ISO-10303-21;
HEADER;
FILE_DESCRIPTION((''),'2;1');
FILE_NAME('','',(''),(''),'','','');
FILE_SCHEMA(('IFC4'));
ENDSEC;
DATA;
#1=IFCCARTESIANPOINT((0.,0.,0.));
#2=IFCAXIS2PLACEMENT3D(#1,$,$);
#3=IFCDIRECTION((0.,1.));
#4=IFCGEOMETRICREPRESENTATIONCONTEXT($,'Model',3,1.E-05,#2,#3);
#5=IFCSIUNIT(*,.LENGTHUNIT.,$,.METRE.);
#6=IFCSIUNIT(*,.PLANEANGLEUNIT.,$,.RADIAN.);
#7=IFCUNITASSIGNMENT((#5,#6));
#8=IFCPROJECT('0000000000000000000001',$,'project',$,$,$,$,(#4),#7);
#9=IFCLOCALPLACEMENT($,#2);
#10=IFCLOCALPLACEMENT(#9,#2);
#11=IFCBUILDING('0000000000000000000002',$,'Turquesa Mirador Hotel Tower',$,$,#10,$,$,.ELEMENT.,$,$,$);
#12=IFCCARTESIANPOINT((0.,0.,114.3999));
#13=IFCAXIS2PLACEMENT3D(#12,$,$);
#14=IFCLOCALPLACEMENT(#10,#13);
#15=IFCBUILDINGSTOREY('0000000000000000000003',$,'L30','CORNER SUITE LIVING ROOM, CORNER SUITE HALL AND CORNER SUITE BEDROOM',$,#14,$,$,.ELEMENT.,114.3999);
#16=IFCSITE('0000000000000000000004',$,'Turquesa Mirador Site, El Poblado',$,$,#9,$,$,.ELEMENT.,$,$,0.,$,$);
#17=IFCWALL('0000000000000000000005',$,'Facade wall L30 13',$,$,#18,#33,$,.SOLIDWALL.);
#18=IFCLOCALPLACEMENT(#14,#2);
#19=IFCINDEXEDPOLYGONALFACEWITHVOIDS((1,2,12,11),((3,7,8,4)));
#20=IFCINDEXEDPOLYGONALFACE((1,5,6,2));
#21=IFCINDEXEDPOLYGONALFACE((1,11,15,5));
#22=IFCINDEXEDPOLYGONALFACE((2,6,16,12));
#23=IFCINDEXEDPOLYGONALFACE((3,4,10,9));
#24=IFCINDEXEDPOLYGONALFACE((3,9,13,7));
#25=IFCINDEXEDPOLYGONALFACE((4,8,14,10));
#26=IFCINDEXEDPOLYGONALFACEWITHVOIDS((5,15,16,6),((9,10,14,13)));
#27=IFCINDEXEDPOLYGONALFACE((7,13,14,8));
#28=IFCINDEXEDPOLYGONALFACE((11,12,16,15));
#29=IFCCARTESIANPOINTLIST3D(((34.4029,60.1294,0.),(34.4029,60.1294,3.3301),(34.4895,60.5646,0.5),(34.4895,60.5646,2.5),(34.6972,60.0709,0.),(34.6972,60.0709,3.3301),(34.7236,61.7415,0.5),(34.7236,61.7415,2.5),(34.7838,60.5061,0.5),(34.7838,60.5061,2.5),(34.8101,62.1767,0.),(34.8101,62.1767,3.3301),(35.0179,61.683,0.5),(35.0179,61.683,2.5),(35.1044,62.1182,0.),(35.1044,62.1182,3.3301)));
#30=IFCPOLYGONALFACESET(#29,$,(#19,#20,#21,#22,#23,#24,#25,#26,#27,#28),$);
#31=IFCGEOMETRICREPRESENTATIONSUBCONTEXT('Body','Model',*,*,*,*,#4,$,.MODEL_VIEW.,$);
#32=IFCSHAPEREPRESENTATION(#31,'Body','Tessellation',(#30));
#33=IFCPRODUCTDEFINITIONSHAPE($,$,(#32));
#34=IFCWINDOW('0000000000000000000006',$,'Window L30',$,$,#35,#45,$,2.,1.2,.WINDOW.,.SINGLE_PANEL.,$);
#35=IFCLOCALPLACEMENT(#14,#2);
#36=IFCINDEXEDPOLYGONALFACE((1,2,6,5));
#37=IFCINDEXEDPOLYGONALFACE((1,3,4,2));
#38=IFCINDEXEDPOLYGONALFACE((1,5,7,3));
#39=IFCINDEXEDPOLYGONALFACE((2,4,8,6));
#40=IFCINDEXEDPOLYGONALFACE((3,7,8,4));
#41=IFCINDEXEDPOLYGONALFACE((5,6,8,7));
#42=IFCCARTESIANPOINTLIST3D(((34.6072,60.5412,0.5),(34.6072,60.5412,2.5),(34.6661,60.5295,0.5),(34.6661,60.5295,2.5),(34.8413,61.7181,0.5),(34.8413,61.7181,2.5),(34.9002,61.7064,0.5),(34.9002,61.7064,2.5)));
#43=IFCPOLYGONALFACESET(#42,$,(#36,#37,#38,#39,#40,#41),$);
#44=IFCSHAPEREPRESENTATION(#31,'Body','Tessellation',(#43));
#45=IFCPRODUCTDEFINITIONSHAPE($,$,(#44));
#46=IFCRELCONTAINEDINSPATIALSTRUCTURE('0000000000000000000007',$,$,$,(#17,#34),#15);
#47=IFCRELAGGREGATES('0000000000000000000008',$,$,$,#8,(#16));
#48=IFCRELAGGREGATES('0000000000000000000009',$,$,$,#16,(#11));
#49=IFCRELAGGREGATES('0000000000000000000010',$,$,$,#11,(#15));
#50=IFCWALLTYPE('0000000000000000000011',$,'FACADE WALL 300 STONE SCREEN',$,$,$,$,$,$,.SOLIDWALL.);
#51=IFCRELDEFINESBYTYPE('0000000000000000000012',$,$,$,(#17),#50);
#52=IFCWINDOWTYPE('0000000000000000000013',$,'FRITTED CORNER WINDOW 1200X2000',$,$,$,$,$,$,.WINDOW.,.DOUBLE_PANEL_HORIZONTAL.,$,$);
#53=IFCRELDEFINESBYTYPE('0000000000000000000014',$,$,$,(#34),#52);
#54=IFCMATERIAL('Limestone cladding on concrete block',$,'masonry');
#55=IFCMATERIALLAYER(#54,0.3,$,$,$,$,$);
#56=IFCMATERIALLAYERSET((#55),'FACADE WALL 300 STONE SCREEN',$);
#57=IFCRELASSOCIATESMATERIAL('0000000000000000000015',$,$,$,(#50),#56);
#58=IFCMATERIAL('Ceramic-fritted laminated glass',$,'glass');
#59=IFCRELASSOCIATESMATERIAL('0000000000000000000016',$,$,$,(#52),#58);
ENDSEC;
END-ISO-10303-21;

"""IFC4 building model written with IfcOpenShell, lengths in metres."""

from ifc_helpers import new_model, si_unit, direction, frame, frame_2d, origin, place, context, subcontext, project, spatial, rectangle, extrude, material, layer, layer_set, type_object, element, fill, save


model = new_model("IFC4")

# Units and contexts
model_context = context("Model", 3, precision=1e-05, world=origin(), true_north=direction((0.0, 1.0)))
body_context = subcontext(model_context, "Body", "Model", "MODEL_VIEW")
ifc_project = project(units=[si_unit("LENGTHUNIT", "METRE"), si_unit("PLANEANGLEUNIT", "RADIAN")], contexts=[model_context])

# Site, building, storey
site_placement = place(None, origin())
site = spatial("IfcSite", under=ifc_project, at=site_placement, Name="Turquesa Mirador Site, El Poblado", CompositionType="ELEMENT", RefElevation=0.0)
building_placement = place(site_placement, origin())
building = spatial("IfcBuilding", under=site, at=building_placement, Name="Turquesa Mirador Hotel Tower", CompositionType="ELEMENT")
storey_placement = place(building_placement, frame((0.0, 0.0, 114.3999)))
storey = spatial("IfcBuildingStorey", under=building, at=storey_placement, Name="L30", Description="CORNER SUITE LIVING ROOM, CORNER SUITE HALL AND CORNER SUITE BEDROOM", CompositionType="ELEMENT", Elevation=114.3999)

# Wall, opening, window
ifc_material_1 = material(Name="Limestone cladding on concrete block", Category="masonry")
ifc_layer = layer(ifc_material_1, 0.3)
ifc_layer_set = layer_set([ifc_layer], Name="FACADE WALL 300 STONE SCREEN")
wall_type = type_object("IfcWallType", Name="FACADE WALL 300 STONE SCREEN", PredefinedType="SOLIDWALL", material=ifc_layer_set)
ifc_material_2 = material(Name="Ceramic-fritted laminated glass", Category="glass")
window_type_1 = type_object("IfcWindowType", Name="FRITTED CORNER WINDOW 1200X2000", PartitioningType="DOUBLE_PANEL_HORIZONTAL", PredefinedType="WINDOW", material=ifc_material_2)
wall_1_placement = place(storey_placement, frame((34.9573, 62.1475, 0.0), z_axis=(0.0, 0.0, 1.0), x_axis=(-0.195081, -0.980787, 0.0)))
wall_1 = element("IfcWall", 1, at=wall_1_placement, inside=storey, type_object=wall_type, Name="Facade wall L30 13", PredefinedType="SOLIDWALL", context=body_context, shape_type="SweptSolid", body=[
    extrude(rectangle(XDim=2.0874, YDim=0.3, at=frame_2d((1.0437, 0.0))), origin(), (0.0, 0.0, 1.0), 3.3301),
])
opening_1_placement = place(wall_1_placement, frame((0.4436, 0.0, 0.5)))
opening_1 = element("IfcOpeningElement", 2, at=opening_1_placement, cuts=wall_1, PredefinedType="OPENING", context=body_context, shape_type="SweptSolid", body=[
    extrude(rectangle(XDim=1.2, YDim=2.0, at=frame_2d((0.6001, 1.0))), frame((0.0, 0.1599, 0.0), z_axis=(0.0, -1.0, 0.0), x_axis=(1.0, 0.0, 0.0)), (0.0, 0.0, 1.0), 0.3201),
])
window_1_placement = place(opening_1_placement, origin())
window_1 = element("IfcWindow", 3, at=window_1_placement, inside=storey, type_object=window_type_1, Name="Window L30", OverallHeight=2.0, OverallWidth=1.2, PartitioningType="SINGLE_PANEL", PredefinedType="WINDOW", context=body_context, shape_type="SweptSolid", body=[
    extrude(rectangle(XDim=1.2, YDim=2.0, at=frame_2d((0.6001, 1.0))), frame((0.0, 0.03, 0.0), z_axis=(0.0, -1.0, 0.0), x_axis=(1.0, 0.0, 0.0)), (0.0, 0.0, 1.0), 0.0601),
])
fill(opening_1, window_1)

save(model, "model.ifc")
